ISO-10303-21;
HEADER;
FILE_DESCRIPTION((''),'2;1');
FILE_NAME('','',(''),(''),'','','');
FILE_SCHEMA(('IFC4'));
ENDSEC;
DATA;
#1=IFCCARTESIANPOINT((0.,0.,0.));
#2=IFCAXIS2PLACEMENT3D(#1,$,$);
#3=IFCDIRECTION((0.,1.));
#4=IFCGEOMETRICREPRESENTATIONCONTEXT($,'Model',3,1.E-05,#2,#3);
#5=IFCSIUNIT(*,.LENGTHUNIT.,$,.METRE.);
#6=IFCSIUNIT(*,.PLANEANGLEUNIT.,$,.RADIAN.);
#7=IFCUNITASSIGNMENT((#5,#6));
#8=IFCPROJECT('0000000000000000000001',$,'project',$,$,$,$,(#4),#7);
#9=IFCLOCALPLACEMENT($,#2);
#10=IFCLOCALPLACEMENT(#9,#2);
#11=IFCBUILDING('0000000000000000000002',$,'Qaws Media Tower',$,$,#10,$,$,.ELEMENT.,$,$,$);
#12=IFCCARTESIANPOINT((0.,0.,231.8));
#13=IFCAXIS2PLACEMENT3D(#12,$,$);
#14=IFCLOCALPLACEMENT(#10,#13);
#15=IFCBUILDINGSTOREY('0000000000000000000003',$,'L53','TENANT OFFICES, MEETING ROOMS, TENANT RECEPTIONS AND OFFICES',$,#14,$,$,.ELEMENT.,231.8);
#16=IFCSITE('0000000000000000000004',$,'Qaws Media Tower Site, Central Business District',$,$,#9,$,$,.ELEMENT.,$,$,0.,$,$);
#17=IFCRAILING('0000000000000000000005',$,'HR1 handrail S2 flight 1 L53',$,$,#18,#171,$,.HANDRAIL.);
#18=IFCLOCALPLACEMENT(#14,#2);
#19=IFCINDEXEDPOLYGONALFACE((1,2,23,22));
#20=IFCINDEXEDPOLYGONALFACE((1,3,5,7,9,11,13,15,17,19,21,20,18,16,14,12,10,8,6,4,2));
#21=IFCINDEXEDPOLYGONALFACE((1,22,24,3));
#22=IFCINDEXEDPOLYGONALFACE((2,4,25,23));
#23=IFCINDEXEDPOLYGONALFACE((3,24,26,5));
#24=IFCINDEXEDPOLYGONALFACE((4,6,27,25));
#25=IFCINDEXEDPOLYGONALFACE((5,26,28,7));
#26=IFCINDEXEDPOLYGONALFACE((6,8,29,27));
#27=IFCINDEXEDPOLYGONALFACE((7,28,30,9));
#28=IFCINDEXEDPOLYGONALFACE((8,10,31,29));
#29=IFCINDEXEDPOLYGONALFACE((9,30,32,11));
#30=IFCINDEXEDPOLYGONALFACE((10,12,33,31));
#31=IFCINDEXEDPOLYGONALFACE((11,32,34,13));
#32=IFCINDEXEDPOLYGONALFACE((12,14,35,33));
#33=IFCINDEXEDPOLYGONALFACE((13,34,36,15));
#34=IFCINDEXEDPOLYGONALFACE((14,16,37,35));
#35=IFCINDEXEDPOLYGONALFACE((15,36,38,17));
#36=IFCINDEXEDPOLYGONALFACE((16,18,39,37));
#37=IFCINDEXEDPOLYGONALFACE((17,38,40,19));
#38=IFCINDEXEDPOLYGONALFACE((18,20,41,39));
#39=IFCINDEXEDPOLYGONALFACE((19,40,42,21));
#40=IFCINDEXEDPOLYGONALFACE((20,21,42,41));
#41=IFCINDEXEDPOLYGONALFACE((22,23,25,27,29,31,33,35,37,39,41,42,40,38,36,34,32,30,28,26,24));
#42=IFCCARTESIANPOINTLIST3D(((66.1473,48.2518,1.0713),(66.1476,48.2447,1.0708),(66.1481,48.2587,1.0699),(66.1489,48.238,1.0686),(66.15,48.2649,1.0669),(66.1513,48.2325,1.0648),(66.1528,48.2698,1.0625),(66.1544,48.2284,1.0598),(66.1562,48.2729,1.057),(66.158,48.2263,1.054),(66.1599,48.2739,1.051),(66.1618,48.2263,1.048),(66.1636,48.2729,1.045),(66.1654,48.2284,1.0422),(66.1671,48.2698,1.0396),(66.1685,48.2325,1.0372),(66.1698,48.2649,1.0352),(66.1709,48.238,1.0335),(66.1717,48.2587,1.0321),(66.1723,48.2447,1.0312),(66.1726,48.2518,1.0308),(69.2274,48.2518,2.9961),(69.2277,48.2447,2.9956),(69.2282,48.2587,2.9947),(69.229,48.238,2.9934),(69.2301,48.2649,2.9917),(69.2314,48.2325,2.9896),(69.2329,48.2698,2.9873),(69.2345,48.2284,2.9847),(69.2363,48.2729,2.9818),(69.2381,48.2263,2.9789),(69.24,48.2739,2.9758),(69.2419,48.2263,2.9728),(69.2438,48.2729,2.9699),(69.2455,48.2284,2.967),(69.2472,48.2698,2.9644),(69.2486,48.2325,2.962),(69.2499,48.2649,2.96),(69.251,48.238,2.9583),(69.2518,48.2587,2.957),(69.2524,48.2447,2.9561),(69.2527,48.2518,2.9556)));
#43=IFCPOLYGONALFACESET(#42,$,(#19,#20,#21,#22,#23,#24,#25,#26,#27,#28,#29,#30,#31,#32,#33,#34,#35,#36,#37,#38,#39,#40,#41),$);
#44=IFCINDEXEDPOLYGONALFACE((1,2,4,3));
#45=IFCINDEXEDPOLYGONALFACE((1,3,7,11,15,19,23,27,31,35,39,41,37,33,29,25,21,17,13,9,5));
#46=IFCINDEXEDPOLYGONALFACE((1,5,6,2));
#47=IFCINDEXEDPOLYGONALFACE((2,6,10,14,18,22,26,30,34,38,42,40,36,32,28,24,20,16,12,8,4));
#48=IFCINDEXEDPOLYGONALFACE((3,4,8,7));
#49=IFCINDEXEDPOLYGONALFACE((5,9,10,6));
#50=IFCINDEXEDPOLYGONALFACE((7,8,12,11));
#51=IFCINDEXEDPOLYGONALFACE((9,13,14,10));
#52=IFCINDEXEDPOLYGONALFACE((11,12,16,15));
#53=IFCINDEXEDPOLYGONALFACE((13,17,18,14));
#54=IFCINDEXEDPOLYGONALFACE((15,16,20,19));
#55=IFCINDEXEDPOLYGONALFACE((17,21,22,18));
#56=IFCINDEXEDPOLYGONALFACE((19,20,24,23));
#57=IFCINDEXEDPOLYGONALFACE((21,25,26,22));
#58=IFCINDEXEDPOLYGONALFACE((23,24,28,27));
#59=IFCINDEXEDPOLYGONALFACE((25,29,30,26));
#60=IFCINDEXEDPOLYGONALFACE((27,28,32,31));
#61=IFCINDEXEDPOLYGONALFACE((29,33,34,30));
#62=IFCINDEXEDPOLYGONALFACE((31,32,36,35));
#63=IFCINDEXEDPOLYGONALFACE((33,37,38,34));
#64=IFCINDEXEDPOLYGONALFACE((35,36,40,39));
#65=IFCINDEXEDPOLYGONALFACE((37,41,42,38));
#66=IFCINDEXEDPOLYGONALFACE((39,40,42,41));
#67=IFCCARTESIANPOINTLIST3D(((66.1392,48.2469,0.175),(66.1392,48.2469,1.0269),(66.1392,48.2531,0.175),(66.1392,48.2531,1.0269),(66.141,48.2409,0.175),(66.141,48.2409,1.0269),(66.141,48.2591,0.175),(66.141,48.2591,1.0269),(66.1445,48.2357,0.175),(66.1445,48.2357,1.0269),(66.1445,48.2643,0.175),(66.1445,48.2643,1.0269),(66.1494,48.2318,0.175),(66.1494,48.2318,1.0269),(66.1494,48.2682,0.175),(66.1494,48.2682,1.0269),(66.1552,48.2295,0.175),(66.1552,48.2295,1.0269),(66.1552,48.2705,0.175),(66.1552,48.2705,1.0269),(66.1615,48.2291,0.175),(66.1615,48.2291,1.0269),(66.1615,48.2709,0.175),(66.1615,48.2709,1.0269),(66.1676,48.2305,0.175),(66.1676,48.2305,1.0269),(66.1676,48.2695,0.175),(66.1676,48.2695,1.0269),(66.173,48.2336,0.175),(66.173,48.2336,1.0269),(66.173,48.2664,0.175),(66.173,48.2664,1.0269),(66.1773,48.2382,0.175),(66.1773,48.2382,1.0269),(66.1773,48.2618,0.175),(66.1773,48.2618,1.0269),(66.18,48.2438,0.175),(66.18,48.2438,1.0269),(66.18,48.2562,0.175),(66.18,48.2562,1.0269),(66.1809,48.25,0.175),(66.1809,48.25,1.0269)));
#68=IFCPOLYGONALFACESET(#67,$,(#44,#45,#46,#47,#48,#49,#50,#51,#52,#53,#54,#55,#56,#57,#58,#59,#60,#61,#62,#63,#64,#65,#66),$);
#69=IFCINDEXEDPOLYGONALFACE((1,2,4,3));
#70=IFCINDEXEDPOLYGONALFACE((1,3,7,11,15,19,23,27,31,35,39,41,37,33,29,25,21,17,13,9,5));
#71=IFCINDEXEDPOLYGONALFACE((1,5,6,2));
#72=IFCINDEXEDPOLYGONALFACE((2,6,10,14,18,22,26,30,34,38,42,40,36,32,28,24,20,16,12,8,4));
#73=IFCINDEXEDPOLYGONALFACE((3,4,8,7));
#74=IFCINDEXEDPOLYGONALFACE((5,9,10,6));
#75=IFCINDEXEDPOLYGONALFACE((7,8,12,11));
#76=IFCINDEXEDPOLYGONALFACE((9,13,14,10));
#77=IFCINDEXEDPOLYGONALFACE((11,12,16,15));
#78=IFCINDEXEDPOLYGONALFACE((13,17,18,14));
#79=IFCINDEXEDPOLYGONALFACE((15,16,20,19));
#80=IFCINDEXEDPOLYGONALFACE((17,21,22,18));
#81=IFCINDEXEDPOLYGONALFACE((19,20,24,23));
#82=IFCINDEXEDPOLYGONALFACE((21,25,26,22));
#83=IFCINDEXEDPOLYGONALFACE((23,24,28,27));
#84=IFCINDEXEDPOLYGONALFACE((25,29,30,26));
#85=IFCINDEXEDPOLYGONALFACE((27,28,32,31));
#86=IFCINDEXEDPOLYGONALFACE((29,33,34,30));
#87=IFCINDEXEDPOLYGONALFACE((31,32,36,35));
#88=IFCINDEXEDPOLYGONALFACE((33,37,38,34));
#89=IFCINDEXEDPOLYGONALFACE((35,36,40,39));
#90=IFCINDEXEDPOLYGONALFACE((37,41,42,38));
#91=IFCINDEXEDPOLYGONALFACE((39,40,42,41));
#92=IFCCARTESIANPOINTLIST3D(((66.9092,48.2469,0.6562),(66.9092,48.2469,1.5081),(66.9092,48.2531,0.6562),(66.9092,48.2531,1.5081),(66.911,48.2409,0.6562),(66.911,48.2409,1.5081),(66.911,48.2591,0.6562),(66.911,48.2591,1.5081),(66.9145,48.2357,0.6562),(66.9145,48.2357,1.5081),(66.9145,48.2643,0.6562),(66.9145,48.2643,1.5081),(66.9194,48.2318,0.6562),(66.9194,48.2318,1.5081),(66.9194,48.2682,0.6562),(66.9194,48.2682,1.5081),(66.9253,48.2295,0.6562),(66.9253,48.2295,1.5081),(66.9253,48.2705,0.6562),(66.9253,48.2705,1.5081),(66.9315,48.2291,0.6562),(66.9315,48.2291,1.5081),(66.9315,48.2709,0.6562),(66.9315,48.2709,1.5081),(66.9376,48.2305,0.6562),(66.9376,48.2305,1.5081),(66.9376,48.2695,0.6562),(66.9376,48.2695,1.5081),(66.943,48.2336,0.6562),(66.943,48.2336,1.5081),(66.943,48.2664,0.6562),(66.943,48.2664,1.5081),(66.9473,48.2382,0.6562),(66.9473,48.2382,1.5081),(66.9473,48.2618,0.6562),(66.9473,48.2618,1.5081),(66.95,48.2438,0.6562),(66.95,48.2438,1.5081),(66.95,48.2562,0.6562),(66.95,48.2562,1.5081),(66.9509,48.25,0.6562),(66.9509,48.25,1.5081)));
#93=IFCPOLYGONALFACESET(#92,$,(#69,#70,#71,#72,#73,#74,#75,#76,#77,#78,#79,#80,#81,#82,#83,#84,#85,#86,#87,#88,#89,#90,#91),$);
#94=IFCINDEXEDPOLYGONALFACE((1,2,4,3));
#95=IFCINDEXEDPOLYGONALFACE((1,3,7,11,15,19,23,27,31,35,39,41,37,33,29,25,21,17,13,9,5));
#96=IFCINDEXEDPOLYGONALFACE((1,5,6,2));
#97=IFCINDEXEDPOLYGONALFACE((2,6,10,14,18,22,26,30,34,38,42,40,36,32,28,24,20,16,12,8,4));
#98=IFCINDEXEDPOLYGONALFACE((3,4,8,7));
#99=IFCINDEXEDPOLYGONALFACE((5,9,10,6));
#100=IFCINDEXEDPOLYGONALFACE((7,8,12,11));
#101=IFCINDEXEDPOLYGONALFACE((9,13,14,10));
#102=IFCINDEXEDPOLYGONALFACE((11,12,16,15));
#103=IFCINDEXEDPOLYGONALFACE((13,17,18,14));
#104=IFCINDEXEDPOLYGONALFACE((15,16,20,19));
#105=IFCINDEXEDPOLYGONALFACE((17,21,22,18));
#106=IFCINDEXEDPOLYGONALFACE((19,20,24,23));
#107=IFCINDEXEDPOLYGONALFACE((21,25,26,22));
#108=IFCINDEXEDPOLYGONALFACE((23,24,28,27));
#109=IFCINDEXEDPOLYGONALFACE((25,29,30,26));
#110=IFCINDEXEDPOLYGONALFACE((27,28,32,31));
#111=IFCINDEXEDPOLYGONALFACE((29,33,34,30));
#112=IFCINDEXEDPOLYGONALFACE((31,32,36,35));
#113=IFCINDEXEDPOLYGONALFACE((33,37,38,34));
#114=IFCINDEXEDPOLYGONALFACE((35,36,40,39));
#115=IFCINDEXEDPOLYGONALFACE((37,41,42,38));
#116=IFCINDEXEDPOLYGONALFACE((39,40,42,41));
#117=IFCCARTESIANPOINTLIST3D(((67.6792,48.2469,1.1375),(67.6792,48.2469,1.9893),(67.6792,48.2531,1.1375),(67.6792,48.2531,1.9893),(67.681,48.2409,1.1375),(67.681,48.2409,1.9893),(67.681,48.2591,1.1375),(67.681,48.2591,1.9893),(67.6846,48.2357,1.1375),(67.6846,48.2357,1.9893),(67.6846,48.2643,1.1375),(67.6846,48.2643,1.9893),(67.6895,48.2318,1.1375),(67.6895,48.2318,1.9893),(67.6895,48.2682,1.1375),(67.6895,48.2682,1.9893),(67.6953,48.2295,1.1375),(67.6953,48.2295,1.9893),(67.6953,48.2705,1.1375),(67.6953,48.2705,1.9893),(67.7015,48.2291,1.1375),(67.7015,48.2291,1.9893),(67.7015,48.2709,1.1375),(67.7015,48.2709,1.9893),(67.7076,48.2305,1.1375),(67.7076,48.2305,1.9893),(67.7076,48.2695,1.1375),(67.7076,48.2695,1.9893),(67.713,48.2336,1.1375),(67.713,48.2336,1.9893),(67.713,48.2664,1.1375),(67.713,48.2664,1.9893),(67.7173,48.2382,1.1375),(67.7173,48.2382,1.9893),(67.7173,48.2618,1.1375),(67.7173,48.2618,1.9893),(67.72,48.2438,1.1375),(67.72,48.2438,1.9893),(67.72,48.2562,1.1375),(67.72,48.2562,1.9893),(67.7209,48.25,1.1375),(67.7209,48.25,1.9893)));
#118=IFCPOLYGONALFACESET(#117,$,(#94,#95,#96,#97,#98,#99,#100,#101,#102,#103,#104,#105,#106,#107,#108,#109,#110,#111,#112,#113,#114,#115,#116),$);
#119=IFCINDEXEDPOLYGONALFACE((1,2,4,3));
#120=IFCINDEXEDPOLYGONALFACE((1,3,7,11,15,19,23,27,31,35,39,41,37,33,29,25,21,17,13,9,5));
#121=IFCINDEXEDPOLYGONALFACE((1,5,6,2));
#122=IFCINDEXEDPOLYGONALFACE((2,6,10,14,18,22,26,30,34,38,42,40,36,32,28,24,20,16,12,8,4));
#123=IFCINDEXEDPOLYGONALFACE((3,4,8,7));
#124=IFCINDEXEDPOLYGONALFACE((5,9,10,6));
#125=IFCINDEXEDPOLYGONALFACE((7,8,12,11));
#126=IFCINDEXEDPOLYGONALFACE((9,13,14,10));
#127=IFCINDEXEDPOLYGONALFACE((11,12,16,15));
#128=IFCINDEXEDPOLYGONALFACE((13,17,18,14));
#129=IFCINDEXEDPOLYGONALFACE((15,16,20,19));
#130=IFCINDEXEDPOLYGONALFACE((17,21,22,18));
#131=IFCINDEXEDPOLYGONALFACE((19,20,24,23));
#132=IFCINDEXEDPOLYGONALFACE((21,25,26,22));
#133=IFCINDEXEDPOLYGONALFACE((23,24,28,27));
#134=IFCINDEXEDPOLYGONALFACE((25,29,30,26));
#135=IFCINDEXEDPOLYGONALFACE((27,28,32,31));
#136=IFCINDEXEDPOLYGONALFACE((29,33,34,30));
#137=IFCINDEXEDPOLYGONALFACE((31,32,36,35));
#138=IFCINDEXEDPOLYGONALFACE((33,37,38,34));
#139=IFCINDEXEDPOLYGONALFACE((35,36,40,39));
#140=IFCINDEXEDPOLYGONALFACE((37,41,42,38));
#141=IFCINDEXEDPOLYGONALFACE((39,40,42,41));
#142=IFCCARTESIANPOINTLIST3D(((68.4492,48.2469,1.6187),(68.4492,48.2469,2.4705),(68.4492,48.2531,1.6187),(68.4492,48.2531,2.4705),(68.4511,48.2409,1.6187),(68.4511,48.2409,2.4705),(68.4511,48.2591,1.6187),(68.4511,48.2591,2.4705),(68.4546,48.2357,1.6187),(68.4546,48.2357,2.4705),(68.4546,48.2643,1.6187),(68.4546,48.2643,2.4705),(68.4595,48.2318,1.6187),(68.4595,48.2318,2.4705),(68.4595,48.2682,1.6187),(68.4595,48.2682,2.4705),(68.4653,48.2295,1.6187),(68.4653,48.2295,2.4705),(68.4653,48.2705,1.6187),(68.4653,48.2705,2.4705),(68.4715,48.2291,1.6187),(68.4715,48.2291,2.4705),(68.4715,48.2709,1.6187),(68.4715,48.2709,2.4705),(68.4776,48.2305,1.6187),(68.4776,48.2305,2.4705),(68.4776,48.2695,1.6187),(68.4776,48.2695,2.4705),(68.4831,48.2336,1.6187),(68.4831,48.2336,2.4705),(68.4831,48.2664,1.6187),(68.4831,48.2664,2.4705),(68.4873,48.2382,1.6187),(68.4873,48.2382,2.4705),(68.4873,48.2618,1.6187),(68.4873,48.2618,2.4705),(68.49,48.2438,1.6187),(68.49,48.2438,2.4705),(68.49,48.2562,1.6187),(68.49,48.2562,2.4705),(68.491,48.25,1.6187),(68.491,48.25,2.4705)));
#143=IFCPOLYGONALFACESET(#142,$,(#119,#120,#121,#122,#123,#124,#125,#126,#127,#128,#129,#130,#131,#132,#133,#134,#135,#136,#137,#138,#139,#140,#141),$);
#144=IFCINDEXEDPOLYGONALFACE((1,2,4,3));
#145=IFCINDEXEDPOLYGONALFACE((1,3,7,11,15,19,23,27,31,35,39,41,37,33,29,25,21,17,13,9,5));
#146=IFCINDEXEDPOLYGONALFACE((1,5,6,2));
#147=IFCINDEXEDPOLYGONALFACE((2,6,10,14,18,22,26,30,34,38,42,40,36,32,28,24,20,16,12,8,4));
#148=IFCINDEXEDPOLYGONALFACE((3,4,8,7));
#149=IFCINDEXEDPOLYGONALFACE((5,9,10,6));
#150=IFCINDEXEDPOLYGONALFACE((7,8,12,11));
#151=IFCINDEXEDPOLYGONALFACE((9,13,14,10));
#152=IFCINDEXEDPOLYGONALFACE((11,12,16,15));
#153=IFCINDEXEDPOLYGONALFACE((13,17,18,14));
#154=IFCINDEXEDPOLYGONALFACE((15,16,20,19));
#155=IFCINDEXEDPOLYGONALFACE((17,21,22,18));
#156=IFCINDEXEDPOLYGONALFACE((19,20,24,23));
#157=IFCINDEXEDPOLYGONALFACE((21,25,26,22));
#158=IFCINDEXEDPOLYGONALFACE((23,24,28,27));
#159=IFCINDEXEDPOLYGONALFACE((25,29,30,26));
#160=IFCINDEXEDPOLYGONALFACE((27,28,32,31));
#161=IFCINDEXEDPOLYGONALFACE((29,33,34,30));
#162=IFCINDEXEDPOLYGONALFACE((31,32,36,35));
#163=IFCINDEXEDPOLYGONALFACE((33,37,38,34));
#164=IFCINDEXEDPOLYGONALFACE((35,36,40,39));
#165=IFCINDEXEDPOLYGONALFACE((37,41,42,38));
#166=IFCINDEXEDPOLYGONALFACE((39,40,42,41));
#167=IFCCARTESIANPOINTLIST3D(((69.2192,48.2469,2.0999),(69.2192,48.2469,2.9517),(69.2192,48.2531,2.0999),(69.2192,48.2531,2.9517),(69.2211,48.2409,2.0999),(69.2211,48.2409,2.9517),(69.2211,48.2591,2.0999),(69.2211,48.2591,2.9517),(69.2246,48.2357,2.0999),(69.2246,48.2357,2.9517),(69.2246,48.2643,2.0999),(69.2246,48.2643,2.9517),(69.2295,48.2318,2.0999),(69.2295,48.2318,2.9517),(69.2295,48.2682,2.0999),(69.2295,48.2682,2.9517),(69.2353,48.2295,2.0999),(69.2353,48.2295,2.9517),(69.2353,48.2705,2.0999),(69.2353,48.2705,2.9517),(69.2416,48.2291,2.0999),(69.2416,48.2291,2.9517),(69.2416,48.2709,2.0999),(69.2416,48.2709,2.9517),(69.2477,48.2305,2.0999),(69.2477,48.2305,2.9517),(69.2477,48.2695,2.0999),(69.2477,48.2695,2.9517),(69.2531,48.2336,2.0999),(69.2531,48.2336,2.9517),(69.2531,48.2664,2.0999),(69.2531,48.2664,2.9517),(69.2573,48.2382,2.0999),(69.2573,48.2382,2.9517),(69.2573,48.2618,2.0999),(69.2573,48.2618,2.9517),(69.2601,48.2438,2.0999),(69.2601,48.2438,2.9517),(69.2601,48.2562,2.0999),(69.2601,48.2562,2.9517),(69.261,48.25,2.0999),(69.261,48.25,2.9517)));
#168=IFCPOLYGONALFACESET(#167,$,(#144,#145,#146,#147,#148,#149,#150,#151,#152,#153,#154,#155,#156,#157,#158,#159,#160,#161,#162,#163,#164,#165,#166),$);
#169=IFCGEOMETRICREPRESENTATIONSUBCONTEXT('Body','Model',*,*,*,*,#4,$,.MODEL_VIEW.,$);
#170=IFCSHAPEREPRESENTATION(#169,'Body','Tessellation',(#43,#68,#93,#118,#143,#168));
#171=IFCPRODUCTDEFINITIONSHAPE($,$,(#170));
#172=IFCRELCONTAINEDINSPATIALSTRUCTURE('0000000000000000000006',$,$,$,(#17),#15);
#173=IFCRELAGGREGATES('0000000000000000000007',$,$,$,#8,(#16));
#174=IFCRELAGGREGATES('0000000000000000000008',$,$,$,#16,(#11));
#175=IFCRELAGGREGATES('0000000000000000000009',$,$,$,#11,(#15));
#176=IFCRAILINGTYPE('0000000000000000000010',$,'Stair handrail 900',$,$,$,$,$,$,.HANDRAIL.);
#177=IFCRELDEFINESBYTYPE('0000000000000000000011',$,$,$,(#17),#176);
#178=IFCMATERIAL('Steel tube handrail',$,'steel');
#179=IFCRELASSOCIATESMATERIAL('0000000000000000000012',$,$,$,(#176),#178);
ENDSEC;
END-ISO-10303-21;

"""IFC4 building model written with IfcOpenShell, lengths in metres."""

from ifc_helpers import new_model, si_unit, direction, frame, origin, origin_2d, place, context, subcontext, project, spatial, circle, extrude, material, type_object, element, save


model = new_model("IFC4")

# Units and contexts
model_context = context("Model", 3, precision=1e-05, world=origin(), true_north=direction((0.0, 1.0)))
body_context = subcontext(model_context, "Body", "Model", "MODEL_VIEW")
ifc_project = project(units=[si_unit("LENGTHUNIT", "METRE"), si_unit("PLANEANGLEUNIT", "RADIAN")], contexts=[model_context])

# Site, building, storey
site_placement = place(None, origin())
site = spatial("IfcSite", under=ifc_project, at=site_placement, Name="Qaws Media Tower Site, Central Business District", CompositionType="ELEMENT", RefElevation=0.0)
building_placement = place(site_placement, origin())
building = spatial("IfcBuilding", under=site, at=building_placement, Name="Qaws Media Tower", CompositionType="ELEMENT")
storey_placement = place(building_placement, frame((0.0, 0.0, 231.8)))
storey = spatial("IfcBuildingStorey", under=building, at=storey_placement, Name="L53", Description="TENANT OFFICES, MEETING ROOMS, TENANT RECEPTIONS AND OFFICES", CompositionType="ELEMENT", Elevation=231.8)

# Railing
ifc_material_1 = material(Name="Steel tube handrail", Category="steel")
railing_type = type_object("IfcRailingType", Name="Stair handrail 900", PredefinedType="HANDRAIL", material=ifc_material_1)
for number, where, name in (
    (1, (66.1599, 48.25, 0.175), "HR1 handrail S2 flight 1 L53"),
):
    element("IfcRailing", number, at=place(storey_placement, frame(where)), inside=storey, type_object=railing_type, Name=name, PredefinedType="HANDRAIL", context=body_context, shape_type="SweptSolid", body=[
        extrude(circle(Radius=0.0239, at=origin_2d()), frame((0.0, 0.0, 0.876), z_axis=(0.848029, 0.0, 0.529951), x_axis=(0.0, 1.0, 0.0)), (0.0, 0.0, 1.0), 3.6321),
        extrude(circle(Radius=0.021, at=origin_2d()), origin(), (0.0, 0.0, 1.0), 0.8518),
        extrude(circle(Radius=0.021, at=origin_2d()), frame((0.77, 0.0, 0.4812)), (0.0, 0.0, 1.0), 0.8518),
        extrude(circle(Radius=0.021, at=origin_2d()), frame((1.54, 0.0, 0.9624)), (0.0, 0.0, 1.0), 0.8518),
        extrude(circle(Radius=0.021, at=origin_2d()), frame((2.3101, 0.0, 1.4436)), (0.0, 0.0, 1.0), 0.8518),
        extrude(circle(Radius=0.021, at=origin_2d()), frame((3.0801, 0.0, 1.9248)), (0.0, 0.0, 1.0), 0.8518),
    ])

save(model, "model.ifc")
